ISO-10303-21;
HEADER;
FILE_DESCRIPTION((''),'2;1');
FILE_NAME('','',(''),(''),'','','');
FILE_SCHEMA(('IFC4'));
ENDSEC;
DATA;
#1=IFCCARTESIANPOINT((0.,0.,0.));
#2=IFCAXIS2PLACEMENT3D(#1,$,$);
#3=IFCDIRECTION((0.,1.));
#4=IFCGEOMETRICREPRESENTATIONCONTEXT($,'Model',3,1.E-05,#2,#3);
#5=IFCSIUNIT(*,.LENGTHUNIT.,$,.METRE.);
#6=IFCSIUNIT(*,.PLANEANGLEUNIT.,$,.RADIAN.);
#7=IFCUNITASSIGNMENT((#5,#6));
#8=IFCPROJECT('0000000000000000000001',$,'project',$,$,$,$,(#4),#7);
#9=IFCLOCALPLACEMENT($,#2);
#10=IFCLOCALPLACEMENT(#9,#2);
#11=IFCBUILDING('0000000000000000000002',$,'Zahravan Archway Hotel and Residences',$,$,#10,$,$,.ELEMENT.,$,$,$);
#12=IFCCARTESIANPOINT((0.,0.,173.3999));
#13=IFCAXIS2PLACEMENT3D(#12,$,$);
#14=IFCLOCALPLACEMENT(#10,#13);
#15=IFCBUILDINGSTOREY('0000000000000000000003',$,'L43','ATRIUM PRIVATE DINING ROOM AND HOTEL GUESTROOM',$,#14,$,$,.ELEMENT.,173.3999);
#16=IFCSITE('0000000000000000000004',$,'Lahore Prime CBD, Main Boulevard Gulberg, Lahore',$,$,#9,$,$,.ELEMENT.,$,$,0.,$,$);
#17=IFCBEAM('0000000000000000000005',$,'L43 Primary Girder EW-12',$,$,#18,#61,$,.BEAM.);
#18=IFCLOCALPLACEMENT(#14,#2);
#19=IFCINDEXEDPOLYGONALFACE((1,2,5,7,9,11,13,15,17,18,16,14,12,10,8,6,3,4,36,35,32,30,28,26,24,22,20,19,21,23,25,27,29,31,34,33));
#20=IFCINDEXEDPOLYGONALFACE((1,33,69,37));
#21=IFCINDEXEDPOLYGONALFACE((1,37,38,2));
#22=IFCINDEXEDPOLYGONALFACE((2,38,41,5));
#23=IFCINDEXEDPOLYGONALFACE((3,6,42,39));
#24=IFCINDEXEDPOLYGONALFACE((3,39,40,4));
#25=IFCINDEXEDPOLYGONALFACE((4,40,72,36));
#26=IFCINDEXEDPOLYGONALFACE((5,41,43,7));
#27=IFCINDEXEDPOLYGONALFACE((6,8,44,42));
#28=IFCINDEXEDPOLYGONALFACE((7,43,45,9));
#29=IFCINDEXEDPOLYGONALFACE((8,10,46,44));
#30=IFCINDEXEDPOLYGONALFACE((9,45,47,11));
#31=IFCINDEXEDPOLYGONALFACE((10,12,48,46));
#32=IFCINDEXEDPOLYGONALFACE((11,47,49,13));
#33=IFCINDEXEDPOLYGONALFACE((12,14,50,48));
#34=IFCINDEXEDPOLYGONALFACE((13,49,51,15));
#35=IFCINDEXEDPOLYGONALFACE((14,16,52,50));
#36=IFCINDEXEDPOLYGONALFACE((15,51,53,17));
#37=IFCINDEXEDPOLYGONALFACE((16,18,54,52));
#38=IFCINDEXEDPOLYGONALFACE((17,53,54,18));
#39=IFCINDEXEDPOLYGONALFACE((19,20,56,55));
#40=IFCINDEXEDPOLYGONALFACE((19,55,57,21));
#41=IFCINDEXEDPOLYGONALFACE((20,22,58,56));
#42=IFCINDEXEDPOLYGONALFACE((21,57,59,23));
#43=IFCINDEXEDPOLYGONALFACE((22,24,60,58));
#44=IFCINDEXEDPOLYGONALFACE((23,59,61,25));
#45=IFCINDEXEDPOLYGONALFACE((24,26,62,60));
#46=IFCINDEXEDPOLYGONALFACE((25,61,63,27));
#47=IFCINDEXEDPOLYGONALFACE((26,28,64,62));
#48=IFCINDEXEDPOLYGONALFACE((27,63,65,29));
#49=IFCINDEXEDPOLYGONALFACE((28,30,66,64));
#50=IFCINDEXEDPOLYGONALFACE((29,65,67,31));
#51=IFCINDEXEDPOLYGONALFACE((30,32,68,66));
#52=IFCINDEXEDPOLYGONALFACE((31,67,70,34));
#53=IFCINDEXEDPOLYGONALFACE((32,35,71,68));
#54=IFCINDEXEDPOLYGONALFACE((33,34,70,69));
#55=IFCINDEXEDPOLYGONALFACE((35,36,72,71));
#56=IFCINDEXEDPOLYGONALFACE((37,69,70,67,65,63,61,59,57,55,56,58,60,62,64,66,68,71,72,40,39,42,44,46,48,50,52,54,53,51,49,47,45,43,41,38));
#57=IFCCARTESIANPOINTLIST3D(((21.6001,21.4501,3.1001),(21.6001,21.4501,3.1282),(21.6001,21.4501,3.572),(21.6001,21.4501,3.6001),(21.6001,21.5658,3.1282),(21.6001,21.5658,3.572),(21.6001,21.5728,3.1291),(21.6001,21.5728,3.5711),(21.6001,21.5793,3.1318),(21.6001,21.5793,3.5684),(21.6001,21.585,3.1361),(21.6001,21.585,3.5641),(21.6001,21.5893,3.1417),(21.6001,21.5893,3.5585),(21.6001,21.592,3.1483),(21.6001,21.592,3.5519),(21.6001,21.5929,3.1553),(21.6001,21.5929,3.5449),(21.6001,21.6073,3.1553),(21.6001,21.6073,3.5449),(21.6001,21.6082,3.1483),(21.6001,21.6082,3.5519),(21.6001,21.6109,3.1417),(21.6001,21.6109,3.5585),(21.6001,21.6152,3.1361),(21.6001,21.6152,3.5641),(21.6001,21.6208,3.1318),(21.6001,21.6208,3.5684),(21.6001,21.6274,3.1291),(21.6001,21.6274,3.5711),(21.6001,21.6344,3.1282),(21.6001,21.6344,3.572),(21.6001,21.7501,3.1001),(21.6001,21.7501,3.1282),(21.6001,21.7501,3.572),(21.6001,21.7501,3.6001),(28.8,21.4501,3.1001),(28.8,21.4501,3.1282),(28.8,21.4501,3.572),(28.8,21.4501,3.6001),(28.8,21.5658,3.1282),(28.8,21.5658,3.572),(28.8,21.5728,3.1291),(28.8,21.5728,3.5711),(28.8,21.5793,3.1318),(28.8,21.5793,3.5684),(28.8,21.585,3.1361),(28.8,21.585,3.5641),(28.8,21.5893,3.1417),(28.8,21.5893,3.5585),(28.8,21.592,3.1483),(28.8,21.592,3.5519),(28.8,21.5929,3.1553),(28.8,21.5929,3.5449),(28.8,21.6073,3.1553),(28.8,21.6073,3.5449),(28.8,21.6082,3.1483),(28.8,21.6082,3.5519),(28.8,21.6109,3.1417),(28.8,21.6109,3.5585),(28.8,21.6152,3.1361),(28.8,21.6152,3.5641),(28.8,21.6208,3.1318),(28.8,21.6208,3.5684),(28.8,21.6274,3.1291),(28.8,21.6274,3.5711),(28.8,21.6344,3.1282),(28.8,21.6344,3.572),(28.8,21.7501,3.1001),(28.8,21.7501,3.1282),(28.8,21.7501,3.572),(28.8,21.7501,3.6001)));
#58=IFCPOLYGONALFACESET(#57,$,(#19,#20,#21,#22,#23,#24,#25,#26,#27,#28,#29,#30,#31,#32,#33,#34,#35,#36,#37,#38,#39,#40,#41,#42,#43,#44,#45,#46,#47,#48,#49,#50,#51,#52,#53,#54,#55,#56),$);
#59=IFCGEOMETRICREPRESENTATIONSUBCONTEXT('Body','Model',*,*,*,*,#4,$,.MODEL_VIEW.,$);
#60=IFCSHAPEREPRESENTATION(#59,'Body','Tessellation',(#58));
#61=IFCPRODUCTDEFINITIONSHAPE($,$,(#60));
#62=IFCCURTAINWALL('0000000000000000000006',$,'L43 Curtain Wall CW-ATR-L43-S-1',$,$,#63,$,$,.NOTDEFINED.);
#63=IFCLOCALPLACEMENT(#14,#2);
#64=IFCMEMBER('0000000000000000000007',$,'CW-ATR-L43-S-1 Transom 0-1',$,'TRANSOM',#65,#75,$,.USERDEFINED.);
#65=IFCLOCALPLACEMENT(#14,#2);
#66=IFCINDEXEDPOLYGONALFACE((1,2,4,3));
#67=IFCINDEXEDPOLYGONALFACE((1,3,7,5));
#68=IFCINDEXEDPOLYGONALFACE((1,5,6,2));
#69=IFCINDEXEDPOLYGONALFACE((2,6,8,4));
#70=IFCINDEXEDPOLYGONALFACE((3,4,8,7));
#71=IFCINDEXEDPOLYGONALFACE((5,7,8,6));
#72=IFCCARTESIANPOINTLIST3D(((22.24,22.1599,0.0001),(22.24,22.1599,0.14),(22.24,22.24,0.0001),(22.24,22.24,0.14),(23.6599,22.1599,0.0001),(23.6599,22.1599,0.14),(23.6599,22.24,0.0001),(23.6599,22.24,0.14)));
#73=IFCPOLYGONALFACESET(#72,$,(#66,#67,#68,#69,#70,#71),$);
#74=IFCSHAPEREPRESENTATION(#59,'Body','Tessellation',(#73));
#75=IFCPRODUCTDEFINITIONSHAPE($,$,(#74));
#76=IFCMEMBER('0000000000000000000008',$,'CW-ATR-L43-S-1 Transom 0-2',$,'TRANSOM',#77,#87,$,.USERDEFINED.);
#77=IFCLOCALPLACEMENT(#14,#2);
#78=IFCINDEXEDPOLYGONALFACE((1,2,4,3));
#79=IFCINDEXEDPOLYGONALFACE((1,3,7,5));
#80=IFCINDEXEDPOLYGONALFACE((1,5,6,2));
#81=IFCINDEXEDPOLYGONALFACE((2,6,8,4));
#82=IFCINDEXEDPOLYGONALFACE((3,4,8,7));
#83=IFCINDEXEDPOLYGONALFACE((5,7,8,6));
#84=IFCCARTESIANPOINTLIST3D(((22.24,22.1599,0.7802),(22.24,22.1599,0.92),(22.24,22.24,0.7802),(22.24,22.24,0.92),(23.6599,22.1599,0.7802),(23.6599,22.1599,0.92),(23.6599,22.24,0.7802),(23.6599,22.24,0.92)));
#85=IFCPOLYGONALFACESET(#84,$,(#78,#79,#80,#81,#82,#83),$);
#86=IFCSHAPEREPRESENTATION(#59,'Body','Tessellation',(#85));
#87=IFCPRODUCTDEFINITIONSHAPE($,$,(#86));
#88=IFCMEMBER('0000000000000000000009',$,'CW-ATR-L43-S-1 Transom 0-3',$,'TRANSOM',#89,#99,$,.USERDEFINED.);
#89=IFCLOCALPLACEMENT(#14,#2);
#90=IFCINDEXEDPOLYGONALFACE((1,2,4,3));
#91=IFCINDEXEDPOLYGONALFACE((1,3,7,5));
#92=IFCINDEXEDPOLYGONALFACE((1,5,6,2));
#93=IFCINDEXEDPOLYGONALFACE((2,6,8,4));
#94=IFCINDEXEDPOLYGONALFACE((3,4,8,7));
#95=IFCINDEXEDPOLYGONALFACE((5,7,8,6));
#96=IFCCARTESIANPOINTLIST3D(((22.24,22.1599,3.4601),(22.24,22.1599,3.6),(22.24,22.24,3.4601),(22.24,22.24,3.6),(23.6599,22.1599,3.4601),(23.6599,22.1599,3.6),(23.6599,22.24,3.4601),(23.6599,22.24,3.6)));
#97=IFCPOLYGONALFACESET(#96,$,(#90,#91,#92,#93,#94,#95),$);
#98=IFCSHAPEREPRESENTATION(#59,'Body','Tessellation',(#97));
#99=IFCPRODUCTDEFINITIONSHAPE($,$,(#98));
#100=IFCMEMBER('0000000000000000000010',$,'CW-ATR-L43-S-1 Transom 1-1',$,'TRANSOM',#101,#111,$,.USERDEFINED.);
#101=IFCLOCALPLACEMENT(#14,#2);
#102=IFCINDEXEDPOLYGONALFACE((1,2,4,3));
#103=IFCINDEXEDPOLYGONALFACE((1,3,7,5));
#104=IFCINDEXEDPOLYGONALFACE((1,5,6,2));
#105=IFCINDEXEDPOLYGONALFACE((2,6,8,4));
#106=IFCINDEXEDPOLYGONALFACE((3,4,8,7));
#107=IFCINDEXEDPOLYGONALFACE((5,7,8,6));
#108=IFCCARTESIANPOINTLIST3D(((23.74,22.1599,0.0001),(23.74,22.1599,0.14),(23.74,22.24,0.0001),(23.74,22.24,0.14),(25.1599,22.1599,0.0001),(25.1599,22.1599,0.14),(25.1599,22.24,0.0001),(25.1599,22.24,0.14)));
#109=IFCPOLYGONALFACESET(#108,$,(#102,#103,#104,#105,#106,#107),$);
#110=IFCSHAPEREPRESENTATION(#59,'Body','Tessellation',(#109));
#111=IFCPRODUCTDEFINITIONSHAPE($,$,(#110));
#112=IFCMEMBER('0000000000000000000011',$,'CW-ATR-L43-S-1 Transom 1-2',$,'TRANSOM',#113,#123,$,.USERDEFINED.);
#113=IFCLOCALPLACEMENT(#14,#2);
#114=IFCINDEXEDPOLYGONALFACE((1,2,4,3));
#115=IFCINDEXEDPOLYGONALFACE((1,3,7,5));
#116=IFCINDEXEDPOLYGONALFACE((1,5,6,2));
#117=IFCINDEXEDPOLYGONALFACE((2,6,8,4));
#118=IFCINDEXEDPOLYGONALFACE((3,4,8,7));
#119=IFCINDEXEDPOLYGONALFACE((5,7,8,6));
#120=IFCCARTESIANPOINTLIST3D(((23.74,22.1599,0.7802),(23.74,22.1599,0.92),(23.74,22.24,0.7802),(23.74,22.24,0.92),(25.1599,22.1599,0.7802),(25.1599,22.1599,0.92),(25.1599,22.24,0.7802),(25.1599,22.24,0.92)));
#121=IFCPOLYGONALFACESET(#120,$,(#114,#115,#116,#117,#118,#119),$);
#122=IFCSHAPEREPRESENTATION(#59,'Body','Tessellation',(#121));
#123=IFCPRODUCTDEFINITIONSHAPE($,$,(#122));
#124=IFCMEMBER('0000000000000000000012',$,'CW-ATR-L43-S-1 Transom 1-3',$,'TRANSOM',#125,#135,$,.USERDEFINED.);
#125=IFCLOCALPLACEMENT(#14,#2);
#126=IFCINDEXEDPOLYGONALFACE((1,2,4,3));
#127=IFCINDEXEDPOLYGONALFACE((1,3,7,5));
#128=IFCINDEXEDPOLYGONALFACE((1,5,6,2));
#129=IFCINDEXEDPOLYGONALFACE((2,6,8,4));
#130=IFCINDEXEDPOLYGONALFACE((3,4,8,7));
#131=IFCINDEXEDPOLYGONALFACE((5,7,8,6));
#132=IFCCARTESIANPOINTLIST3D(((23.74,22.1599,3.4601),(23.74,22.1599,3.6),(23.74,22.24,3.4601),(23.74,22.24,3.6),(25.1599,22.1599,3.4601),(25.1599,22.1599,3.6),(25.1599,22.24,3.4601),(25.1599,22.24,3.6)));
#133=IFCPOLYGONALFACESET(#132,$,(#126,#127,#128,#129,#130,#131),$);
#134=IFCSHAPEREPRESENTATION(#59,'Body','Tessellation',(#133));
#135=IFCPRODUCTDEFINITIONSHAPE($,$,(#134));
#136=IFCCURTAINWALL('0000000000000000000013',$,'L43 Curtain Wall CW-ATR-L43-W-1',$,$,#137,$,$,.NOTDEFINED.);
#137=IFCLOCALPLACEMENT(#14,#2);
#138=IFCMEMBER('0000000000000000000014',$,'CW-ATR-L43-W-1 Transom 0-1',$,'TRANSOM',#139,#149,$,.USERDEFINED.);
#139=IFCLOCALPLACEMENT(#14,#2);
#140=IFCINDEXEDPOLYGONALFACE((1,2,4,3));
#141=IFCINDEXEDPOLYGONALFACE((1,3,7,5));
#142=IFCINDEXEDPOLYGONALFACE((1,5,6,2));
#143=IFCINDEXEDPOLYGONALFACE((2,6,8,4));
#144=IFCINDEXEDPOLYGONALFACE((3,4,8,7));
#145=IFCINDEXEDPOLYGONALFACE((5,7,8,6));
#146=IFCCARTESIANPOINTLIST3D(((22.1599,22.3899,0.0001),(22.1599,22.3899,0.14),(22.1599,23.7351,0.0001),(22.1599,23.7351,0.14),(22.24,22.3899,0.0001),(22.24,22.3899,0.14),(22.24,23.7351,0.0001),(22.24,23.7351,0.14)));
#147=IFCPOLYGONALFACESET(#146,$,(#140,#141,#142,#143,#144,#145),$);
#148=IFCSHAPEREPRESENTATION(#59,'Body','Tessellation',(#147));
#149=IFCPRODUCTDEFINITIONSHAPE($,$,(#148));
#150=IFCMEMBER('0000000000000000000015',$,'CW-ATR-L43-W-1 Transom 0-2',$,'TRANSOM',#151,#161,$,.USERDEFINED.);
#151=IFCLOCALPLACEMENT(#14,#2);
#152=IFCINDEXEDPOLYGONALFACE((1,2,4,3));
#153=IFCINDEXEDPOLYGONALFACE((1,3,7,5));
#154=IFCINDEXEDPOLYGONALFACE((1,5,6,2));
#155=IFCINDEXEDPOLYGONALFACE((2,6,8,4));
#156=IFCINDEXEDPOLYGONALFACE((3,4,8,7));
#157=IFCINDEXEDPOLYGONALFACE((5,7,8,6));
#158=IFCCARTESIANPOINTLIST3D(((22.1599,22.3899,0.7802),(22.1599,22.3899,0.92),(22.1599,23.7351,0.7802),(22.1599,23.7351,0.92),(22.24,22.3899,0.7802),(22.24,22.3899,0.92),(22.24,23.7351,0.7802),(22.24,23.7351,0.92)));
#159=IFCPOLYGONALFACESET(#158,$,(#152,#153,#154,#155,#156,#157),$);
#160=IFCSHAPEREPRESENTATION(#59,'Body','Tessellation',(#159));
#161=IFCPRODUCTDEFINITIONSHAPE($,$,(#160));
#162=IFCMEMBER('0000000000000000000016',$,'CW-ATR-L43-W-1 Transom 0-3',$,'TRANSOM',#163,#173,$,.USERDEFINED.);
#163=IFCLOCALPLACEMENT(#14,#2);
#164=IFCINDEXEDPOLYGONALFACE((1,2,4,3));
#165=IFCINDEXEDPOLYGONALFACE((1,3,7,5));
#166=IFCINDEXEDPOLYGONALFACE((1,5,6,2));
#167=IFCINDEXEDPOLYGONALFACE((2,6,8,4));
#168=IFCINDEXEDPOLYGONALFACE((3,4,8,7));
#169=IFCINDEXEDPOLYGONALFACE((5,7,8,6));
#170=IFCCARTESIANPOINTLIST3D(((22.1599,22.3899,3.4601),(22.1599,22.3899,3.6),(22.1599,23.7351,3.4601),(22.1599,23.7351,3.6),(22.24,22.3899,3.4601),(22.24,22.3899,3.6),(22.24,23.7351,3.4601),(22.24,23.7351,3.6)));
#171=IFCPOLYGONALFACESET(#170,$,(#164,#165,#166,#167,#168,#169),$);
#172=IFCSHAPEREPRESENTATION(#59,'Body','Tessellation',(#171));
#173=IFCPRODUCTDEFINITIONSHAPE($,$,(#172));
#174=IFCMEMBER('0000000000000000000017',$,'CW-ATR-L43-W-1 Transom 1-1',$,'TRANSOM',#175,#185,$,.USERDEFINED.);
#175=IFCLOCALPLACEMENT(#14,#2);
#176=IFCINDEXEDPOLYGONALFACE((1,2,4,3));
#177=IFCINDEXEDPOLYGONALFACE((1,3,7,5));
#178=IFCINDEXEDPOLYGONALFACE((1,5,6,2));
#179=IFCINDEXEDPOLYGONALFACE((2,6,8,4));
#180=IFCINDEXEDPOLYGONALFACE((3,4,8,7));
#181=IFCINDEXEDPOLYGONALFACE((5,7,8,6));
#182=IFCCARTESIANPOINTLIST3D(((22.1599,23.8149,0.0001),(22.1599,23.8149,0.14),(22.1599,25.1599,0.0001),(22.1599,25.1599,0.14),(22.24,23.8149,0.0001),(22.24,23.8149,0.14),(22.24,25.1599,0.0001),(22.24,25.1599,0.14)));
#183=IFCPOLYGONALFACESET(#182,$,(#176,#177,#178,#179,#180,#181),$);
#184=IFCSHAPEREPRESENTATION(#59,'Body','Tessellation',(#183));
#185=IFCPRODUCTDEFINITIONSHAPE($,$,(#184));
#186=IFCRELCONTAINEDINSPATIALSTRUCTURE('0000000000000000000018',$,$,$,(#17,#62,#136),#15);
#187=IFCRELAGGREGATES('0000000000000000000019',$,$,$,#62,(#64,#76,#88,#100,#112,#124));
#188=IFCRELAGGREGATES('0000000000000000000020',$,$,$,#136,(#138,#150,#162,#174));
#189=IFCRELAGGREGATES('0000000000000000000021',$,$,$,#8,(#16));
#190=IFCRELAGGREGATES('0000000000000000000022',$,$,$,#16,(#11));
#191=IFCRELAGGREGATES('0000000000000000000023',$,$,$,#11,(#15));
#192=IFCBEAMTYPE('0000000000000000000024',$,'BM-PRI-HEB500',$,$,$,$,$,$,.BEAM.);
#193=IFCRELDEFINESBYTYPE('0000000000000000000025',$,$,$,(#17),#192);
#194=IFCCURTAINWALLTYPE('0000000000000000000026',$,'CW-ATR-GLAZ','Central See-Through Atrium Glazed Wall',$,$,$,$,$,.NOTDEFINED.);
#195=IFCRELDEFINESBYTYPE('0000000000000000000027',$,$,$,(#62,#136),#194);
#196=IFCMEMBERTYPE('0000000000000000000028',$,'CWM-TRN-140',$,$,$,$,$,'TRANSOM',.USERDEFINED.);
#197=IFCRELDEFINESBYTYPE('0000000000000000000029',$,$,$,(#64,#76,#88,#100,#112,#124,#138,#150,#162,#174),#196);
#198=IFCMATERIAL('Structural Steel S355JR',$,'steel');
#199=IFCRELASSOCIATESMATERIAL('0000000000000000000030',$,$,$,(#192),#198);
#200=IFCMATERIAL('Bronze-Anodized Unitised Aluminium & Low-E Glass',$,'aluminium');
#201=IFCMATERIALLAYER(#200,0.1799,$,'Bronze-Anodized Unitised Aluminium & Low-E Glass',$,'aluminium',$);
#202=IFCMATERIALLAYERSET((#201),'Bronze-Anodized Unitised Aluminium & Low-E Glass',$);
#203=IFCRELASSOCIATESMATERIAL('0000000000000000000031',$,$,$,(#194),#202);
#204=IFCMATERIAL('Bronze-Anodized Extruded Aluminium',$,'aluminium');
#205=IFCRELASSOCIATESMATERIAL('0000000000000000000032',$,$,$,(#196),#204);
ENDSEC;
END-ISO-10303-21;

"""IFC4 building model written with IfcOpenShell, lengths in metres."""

from ifc_helpers import new_model, si_unit, direction, frame, origin, origin_2d, place, context, subcontext, project, spatial, rectangle, i_section, extrude, source, transform, mapped, material, layer, layer_set, material_profile, profile_set, type_object, element, aggregate, save


model = new_model("IFC4")

# Units and contexts
model_context = context("Model", 3, precision=1e-05, world=origin(), true_north=direction((0.0, 1.0)))
body_context = subcontext(model_context, "Body", "Model", "MODEL_VIEW")
ifc_project = project(units=[si_unit("LENGTHUNIT", "METRE"), si_unit("PLANEANGLEUNIT", "RADIAN")], contexts=[model_context])

# Site, building, storey
site_placement = place(None, origin())
site = spatial("IfcSite", under=ifc_project, at=site_placement, Name="Lahore Prime CBD, Main Boulevard Gulberg, Lahore", CompositionType="ELEMENT", RefElevation=0.0)
building_placement = place(site_placement, origin())
building = spatial("IfcBuilding", under=site, at=building_placement, Name="Zahravan Archway Hotel and Residences", CompositionType="ELEMENT")
storey_placement = place(building_placement, frame((0.0, 0.0, 173.3999)))
storey = spatial("IfcBuildingStorey", under=building, at=storey_placement, Name="L43", Description="ATRIUM PRIVATE DINING ROOM AND HOTEL GUESTROOM", CompositionType="ELEMENT", Elevation=173.3999)

# Beam
ifc_material_1 = material(Name="Structural Steel S355JR", Category="steel")
ifc_material_profile_1 = material_profile(ifc_material_1, i_section(OverallWidth=0.3, OverallDepth=0.5, WebThickness=0.0144, FlangeThickness=0.0281, FilletRadius=0.0271, at=origin_2d()), Name="HEB 500", Category="steel")
ifc_profile_set_1 = profile_set([ifc_material_profile_1], Name="Structural Steel S355JR")
beam_type = type_object("IfcBeamType", Name="BM-PRI-HEB500", PredefinedType="BEAM", material=ifc_profile_set_1)
shared_shape_1 = source(origin(), body_context, "Body", "SweptSolid", [
    extrude(i_section(OverallWidth=0.3, OverallDepth=0.5, WebThickness=0.0144, FlangeThickness=0.0281, FilletRadius=0.0271, at=origin_2d()), origin(), (0.0, 0.0, 1.0), 7.2),
])
beam_placement = place(storey_placement, frame((21.6001, 21.6001, 3.3501), z_axis=(1.0, 0.0, 0.0), x_axis=(0.0, 1.0, 0.0)))
element("IfcBeam", 1, at=beam_placement, inside=storey, type_object=beam_type, Name="L43 Primary Girder EW-12", PredefinedType="BEAM", context=body_context, shape_type="MappedRepresentation", body=[
    mapped(shared_shape_1, transform((0.0, 0.0, 0.0), scale=1.0)),
])

# Curtain walls, members
ifc_material_2 = material(Name="Bronze-Anodized Unitised Aluminium & Low-E Glass", Category="aluminium")
ifc_layer_1 = layer(ifc_material_2, 0.1799, Name="Bronze-Anodized Unitised Aluminium & Low-E Glass", Category="aluminium")
ifc_layer_set_1 = layer_set([ifc_layer_1], Name="Bronze-Anodized Unitised Aluminium & Low-E Glass")
curtain_wall_type = type_object("IfcCurtainWallType", Name="CW-ATR-GLAZ", Description="Central See-Through Atrium Glazed Wall", PredefinedType="NOTDEFINED", material=ifc_layer_set_1)
curtain_wall_1_placement = place(storey_placement, origin())
curtain_wall_1 = element("IfcCurtainWall", 2, at=curtain_wall_1_placement, inside=storey, type_object=curtain_wall_type, Name="L43 Curtain Wall CW-ATR-L43-S-1", PredefinedType="NOTDEFINED")
ifc_material_3 = material(Name="Bronze-Anodized Extruded Aluminium", Category="aluminium")
ifc_material_profile_2 = material_profile(ifc_material_3, rectangle(XDim=0.0801, YDim=0.1399, at=origin_2d()), Name="TRN 80x140", Category="aluminium")
ifc_profile_set_2 = profile_set([ifc_material_profile_2], Name="Bronze-Anodized Extruded Aluminium")
member_type_1 = type_object("IfcMemberType", Name="CWM-TRN-140", ElementType="TRANSOM", PredefinedType="USERDEFINED", material=ifc_profile_set_2)
shared_shape_2 = source(origin(), body_context, "Body", "SweptSolid", [
    extrude(rectangle(XDim=0.0801, YDim=0.1399, at=origin_2d()), origin(), (0.0, 0.0, 1.0), 1.4199),
])
member_1_placement = place(storey_placement, frame((22.24, 22.2, 0.0701), z_axis=(1.0, 0.0, 0.0), x_axis=(0.0, 1.0, 0.0)))
member_1 = element("IfcMember", 3, at=member_1_placement, type_object=member_type_1, Name="CW-ATR-L43-S-1 Transom 0-1", ObjectType="TRANSOM", PredefinedType="USERDEFINED", context=body_context, shape_type="MappedRepresentation", body=[
    mapped(shared_shape_2, transform((0.0, 0.0, 0.0), scale=1.0)),
])
member_2_placement = place(storey_placement, frame((22.24, 22.2, 0.8501), z_axis=(1.0, 0.0, 0.0), x_axis=(0.0, 1.0, 0.0)))
member_2 = element("IfcMember", 4, at=member_2_placement, type_object=member_type_1, Name="CW-ATR-L43-S-1 Transom 0-2", ObjectType="TRANSOM", PredefinedType="USERDEFINED", context=body_context, shape_type="MappedRepresentation", body=[
    mapped(shared_shape_2, transform((0.0, 0.0, 0.0), scale=1.0)),
])
member_3_placement = place(storey_placement, frame((22.24, 22.2, 3.53), z_axis=(1.0, 0.0, 0.0), x_axis=(0.0, 1.0, 0.0)))
member_3 = element("IfcMember", 5, at=member_3_placement, type_object=member_type_1, Name="CW-ATR-L43-S-1 Transom 0-3", ObjectType="TRANSOM", PredefinedType="USERDEFINED", context=body_context, shape_type="MappedRepresentation", body=[
    mapped(shared_shape_2, transform((0.0, 0.0, 0.0), scale=1.0)),
])
member_4_placement = place(storey_placement, frame((23.74, 22.2, 0.0701), z_axis=(1.0, 0.0, 0.0), x_axis=(0.0, 1.0, 0.0)))
member_4 = element("IfcMember", 6, at=member_4_placement, type_object=member_type_1, Name="CW-ATR-L43-S-1 Transom 1-1", ObjectType="TRANSOM", PredefinedType="USERDEFINED", context=body_context, shape_type="MappedRepresentation", body=[
    mapped(shared_shape_2, transform((0.0, 0.0, 0.0), scale=1.0)),
])
member_5_placement = place(storey_placement, frame((23.74, 22.2, 0.8501), z_axis=(1.0, 0.0, 0.0), x_axis=(0.0, 1.0, 0.0)))
member_5 = element("IfcMember", 7, at=member_5_placement, type_object=member_type_1, Name="CW-ATR-L43-S-1 Transom 1-2", ObjectType="TRANSOM", PredefinedType="USERDEFINED", context=body_context, shape_type="MappedRepresentation", body=[
    mapped(shared_shape_2, transform((0.0, 0.0, 0.0), scale=1.0)),
])
member_6_placement = place(storey_placement, frame((23.74, 22.2, 3.53), z_axis=(1.0, 0.0, 0.0), x_axis=(0.0, 1.0, 0.0)))
member_6 = element("IfcMember", 8, at=member_6_placement, type_object=member_type_1, Name="CW-ATR-L43-S-1 Transom 1-3", ObjectType="TRANSOM", PredefinedType="USERDEFINED", context=body_context, shape_type="MappedRepresentation", body=[
    mapped(shared_shape_2, transform((0.0, 0.0, 0.0), scale=1.0)),
])
curtain_wall_2_placement = place(storey_placement, origin())
curtain_wall_2 = element("IfcCurtainWall", 9, at=curtain_wall_2_placement, inside=storey, type_object=curtain_wall_type, Name="L43 Curtain Wall CW-ATR-L43-W-1", PredefinedType="NOTDEFINED")
shared_shape_3 = source(origin(), body_context, "Body", "SweptSolid", [
    extrude(rectangle(XDim=0.0801, YDim=0.1399, at=origin_2d()), origin(), (0.0, 0.0, 1.0), 1.3452),
])
member_7_placement = place(storey_placement, frame((22.2, 22.3899, 0.0701), z_axis=(0.0, 1.0, 0.0), x_axis=(-1.0, 0.0, 0.0)))
member_7 = element("IfcMember", 10, at=member_7_placement, type_object=member_type_1, Name="CW-ATR-L43-W-1 Transom 0-1", ObjectType="TRANSOM", PredefinedType="USERDEFINED", context=body_context, shape_type="MappedRepresentation", body=[
    mapped(shared_shape_3, transform((0.0, 0.0, 0.0), scale=1.0)),
])
member_8_placement = place(storey_placement, frame((22.2, 22.3899, 0.8501), z_axis=(0.0, 1.0, 0.0), x_axis=(-1.0, 0.0, 0.0)))
member_8 = element("IfcMember", 11, at=member_8_placement, type_object=member_type_1, Name="CW-ATR-L43-W-1 Transom 0-2", ObjectType="TRANSOM", PredefinedType="USERDEFINED", context=body_context, shape_type="MappedRepresentation", body=[
    mapped(shared_shape_3, transform((0.0, 0.0, 0.0), scale=1.0)),
])
member_9_placement = place(storey_placement, frame((22.2, 22.3899, 3.53), z_axis=(0.0, 1.0, 0.0), x_axis=(-1.0, 0.0, 0.0)))
member_9 = element("IfcMember", 12, at=member_9_placement, type_object=member_type_1, Name="CW-ATR-L43-W-1 Transom 0-3", ObjectType="TRANSOM", PredefinedType="USERDEFINED", context=body_context, shape_type="MappedRepresentation", body=[
    mapped(shared_shape_3, transform((0.0, 0.0, 0.0), scale=1.0)),
])
shared_shape_4 = source(origin(), body_context, "Body", "SweptSolid", [
    extrude(rectangle(XDim=0.0801, YDim=0.1399, at=origin_2d()), origin(), (0.0, 0.0, 1.0), 1.345),
])
member_10_placement = place(storey_placement, frame((22.2, 23.8149, 0.0701), z_axis=(0.0, 1.0, 0.0), x_axis=(-1.0, 0.0, 0.0)))
member_10 = element("IfcMember", 13, at=member_10_placement, type_object=member_type_1, Name="CW-ATR-L43-W-1 Transom 1-1", ObjectType="TRANSOM", PredefinedType="USERDEFINED", context=body_context, shape_type="MappedRepresentation", body=[
    mapped(shared_shape_4, transform((0.0, 0.0, 0.0), scale=1.0)),
])

aggregate(curtain_wall_1, [member_1, member_2, member_3, member_4, member_5, member_6])
aggregate(curtain_wall_2, [member_7, member_8, member_9, member_10])

save(model, "model.ifc")
